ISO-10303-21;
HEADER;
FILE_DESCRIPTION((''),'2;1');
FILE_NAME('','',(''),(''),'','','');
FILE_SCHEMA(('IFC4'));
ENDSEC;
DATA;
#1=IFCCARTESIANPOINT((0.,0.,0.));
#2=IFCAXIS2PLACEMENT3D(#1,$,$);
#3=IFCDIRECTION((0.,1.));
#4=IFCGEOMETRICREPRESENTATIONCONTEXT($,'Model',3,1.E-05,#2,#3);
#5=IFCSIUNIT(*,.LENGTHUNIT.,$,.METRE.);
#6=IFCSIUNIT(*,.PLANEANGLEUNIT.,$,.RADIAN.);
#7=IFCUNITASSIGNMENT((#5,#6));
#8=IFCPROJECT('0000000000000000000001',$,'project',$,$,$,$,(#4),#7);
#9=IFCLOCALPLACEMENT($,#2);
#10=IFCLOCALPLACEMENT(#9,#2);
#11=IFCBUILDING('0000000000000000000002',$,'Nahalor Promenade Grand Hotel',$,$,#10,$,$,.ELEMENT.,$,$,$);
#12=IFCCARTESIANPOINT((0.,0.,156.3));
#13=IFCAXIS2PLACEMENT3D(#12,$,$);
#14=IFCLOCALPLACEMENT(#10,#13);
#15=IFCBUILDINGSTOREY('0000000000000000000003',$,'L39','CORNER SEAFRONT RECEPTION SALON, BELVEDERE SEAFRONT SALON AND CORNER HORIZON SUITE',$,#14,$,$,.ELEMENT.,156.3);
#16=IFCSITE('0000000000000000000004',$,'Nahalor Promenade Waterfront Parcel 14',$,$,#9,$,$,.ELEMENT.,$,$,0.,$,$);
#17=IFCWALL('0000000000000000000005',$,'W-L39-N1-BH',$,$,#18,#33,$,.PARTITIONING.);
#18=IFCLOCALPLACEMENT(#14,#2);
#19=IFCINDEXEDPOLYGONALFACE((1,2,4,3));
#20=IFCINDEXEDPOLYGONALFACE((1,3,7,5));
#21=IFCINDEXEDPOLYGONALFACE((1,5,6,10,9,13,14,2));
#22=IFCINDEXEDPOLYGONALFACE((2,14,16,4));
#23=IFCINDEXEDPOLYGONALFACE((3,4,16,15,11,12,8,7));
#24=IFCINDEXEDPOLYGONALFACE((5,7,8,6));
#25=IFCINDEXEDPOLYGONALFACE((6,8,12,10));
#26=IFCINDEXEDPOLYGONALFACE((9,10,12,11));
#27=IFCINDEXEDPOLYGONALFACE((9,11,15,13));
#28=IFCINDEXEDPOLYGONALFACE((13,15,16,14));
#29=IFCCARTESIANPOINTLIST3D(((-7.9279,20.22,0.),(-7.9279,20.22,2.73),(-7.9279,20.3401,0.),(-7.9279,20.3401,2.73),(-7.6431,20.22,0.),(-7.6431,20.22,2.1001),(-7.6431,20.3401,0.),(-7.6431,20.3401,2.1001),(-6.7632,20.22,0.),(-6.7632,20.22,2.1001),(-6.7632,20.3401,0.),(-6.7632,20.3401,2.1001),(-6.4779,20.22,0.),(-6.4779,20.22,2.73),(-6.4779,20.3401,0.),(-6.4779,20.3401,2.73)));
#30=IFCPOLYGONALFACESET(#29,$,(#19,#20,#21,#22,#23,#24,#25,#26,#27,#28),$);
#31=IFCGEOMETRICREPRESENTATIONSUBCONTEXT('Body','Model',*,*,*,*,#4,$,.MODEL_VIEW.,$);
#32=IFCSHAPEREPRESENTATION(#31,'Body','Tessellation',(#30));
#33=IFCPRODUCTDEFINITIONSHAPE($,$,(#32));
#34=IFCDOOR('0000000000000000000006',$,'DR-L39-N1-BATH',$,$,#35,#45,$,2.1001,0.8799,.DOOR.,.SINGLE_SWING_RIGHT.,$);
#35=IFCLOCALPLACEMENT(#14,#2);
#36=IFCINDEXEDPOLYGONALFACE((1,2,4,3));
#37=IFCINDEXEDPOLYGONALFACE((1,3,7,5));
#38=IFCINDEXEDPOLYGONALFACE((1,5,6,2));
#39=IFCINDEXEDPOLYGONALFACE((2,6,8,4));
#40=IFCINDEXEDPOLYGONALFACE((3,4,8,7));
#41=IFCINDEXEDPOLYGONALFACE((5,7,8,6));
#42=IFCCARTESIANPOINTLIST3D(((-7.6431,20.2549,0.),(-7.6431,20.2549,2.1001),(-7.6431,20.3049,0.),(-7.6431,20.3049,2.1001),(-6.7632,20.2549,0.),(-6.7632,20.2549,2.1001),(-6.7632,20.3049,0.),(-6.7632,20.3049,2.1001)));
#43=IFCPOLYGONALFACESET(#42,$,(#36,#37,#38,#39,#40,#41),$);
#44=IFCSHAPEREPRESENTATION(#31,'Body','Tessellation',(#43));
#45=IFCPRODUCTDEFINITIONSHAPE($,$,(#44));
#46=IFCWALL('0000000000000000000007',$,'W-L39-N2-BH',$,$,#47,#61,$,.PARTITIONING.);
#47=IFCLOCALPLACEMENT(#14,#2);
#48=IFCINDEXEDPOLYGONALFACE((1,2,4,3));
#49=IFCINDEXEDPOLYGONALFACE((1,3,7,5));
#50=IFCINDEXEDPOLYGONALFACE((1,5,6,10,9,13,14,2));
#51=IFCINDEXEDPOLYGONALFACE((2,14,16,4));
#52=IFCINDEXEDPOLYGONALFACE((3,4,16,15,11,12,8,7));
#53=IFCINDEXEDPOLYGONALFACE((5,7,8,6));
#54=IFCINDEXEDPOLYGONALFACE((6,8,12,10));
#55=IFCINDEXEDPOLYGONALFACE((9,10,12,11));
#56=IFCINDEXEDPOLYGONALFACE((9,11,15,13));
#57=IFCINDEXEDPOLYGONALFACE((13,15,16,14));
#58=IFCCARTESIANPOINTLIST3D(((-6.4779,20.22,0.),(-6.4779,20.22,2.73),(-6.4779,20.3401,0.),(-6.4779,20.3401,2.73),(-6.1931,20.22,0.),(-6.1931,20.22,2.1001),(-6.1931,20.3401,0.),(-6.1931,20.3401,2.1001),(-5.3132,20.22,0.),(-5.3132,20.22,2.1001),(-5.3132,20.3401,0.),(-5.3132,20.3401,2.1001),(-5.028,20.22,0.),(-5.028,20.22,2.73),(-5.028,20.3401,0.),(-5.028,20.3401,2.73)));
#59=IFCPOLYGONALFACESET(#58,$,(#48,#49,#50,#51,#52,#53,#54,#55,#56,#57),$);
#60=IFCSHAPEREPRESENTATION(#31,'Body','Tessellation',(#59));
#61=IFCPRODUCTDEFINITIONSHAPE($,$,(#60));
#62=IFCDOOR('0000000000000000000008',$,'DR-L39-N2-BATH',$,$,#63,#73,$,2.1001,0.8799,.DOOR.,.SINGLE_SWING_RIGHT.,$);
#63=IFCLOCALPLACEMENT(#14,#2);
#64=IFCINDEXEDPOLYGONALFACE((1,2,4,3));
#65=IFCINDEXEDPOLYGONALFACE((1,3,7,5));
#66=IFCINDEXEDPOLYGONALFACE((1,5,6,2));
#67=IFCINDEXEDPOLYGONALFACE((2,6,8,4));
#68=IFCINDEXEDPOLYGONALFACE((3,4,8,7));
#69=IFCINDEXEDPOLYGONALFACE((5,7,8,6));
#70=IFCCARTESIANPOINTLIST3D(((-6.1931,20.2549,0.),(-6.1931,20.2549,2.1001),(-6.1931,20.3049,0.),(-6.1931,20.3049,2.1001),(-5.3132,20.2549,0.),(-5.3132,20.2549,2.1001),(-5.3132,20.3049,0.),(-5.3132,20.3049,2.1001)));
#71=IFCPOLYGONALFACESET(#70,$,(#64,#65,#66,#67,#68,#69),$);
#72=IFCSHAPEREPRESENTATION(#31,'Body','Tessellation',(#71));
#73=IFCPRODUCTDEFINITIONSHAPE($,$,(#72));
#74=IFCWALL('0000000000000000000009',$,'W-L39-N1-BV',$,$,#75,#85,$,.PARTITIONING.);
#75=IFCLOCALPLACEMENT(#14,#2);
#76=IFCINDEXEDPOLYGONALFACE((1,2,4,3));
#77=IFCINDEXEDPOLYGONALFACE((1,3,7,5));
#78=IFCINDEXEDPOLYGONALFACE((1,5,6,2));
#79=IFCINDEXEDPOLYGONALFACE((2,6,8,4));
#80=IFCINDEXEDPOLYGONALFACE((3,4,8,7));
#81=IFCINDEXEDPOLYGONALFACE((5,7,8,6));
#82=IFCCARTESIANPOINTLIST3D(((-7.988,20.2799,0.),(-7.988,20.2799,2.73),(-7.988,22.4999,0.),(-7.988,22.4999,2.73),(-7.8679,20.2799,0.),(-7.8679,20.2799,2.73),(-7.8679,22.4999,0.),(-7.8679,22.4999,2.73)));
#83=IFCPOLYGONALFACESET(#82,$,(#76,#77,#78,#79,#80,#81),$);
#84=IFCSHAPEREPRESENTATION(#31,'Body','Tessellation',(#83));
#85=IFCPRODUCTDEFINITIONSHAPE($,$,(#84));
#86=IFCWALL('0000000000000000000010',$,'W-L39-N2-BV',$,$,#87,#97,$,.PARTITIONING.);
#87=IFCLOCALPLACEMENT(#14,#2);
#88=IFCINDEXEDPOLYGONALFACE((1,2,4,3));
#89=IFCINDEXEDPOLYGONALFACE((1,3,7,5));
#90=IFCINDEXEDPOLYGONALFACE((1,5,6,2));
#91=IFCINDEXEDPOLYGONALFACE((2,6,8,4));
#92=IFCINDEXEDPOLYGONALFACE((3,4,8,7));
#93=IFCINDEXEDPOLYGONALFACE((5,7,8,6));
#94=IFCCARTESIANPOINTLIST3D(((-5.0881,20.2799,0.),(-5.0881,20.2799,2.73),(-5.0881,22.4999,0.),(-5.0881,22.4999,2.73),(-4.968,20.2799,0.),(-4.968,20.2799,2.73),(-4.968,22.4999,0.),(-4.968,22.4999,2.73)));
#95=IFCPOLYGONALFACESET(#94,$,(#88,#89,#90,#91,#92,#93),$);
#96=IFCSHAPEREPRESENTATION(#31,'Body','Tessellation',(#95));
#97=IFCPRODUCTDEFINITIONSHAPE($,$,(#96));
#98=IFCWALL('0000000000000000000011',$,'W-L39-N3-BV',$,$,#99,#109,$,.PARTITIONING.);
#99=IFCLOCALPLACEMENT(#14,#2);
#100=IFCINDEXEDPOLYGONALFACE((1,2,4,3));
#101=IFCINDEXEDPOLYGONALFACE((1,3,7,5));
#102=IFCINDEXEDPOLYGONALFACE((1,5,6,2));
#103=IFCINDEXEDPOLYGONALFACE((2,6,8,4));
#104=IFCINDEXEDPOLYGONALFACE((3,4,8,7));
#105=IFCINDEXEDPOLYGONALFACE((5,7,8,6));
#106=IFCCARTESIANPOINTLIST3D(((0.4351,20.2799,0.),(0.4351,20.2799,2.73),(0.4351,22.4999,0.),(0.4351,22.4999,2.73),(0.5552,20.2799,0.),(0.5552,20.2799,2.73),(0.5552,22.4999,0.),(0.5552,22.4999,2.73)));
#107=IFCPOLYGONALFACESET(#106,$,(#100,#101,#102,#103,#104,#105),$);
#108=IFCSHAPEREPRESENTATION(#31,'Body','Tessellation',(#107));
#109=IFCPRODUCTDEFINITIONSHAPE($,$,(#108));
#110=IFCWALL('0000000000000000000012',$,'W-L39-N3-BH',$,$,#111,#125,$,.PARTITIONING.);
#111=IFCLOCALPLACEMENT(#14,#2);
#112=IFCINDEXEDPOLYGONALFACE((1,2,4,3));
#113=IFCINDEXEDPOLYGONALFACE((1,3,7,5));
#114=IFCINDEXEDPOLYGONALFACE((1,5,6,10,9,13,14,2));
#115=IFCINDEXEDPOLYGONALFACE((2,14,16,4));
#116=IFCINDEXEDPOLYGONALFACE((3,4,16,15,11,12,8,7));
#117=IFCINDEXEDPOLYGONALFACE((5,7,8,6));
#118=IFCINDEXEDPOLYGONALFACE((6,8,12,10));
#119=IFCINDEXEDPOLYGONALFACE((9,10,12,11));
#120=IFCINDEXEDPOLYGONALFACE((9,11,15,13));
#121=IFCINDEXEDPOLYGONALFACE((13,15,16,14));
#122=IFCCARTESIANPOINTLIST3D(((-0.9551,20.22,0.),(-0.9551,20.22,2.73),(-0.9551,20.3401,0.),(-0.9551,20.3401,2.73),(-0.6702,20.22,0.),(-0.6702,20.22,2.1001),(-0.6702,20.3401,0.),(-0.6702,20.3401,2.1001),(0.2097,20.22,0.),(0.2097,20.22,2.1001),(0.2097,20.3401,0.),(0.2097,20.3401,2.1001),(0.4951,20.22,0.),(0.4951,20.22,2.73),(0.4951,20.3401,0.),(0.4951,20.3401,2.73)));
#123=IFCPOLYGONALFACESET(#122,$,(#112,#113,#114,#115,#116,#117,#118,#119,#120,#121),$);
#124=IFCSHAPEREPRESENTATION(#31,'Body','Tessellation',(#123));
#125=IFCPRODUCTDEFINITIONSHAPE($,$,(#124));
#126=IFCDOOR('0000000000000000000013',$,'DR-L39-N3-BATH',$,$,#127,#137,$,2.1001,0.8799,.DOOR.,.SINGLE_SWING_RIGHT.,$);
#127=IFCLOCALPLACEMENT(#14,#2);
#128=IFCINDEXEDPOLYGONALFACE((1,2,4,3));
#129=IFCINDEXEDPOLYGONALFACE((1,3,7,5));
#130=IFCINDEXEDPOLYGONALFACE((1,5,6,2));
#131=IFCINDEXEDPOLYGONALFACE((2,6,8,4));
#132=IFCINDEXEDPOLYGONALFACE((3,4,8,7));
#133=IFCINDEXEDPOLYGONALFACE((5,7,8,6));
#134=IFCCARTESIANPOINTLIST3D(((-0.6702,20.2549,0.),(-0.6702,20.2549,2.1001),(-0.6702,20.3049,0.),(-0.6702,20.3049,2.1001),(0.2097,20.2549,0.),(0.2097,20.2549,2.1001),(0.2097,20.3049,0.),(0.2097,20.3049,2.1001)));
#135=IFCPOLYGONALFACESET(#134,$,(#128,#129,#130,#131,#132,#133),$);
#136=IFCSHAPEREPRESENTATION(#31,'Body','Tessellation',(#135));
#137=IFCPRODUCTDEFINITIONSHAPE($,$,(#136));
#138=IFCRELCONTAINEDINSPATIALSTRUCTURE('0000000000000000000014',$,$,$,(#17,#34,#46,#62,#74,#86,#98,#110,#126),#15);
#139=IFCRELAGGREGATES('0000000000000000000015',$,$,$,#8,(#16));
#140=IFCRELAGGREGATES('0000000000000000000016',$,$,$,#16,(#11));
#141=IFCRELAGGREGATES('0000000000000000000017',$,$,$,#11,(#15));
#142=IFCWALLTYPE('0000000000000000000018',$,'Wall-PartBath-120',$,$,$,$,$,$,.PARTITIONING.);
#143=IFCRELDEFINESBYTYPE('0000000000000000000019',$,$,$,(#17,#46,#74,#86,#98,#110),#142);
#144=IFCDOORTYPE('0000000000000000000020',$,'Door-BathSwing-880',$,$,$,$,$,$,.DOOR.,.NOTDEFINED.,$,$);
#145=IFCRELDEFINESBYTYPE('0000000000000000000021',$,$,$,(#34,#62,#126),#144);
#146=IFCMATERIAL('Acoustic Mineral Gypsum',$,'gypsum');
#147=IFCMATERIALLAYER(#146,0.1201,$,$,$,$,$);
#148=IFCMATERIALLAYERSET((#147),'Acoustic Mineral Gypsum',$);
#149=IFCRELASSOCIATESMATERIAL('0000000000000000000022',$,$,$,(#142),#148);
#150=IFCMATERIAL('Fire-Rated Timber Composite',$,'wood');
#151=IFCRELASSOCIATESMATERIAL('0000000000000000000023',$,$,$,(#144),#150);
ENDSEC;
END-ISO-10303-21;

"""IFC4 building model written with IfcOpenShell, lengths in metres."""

from ifc_helpers import new_model, si_unit, direction, frame, frame_2d, origin, place, context, subcontext, project, spatial, rectangle, extrude, source, transform, mapped, material, layer, layer_set, type_object, element, fill, save


model = new_model("IFC4")

# Units and contexts
model_context = context("Model", 3, precision=1e-05, world=origin(), true_north=direction((0.0, 1.0)))
body_context = subcontext(model_context, "Body", "Model", "MODEL_VIEW")
ifc_project = project(units=[si_unit("LENGTHUNIT", "METRE"), si_unit("PLANEANGLEUNIT", "RADIAN")], contexts=[model_context])

# Site, building, storey
site_placement = place(None, origin())
site = spatial("IfcSite", under=ifc_project, at=site_placement, Name="Nahalor Promenade Waterfront Parcel 14", CompositionType="ELEMENT", RefElevation=0.0)
building_placement = place(site_placement, origin())
building = spatial("IfcBuilding", under=site, at=building_placement, Name="Nahalor Promenade Grand Hotel", CompositionType="ELEMENT")
storey_placement = place(building_placement, frame((0.0, 0.0, 156.3)))
storey = spatial("IfcBuildingStorey", under=building, at=storey_placement, Name="L39", Description="CORNER SEAFRONT RECEPTION SALON, BELVEDERE SEAFRONT SALON AND CORNER HORIZON SUITE", CompositionType="ELEMENT", Elevation=156.3)

# Walls, openings, doors
ifc_material_1 = material(Name="Acoustic Mineral Gypsum", Category="gypsum")
ifc_layer_1 = layer(ifc_material_1, 0.1201)
ifc_layer_set_1 = layer_set([ifc_layer_1], Name="Acoustic Mineral Gypsum")
wall_type = type_object("IfcWallType", Name="Wall-PartBath-120", PredefinedType="PARTITIONING", material=ifc_layer_set_1)
shared_shape_1 = source(origin(), body_context, "Body", "SweptSolid", [
    extrude(rectangle(XDim=1.45, YDim=0.1201, at=frame_2d((0.7251, 0.0))), origin(), (0.0, 0.0, 1.0), 2.73),
])
wall_1_placement = place(storey_placement, frame((-7.928, 20.28, 0.0), z_axis=(0.0, 0.0, 1.0), x_axis=(1.0, 0.0, 0.0)))
wall_1 = element("IfcWall", 1, at=wall_1_placement, inside=storey, type_object=wall_type, Name="W-L39-N1-BH", PredefinedType="PARTITIONING", context=body_context, shape_type="MappedRepresentation", body=[
    mapped(shared_shape_1, transform((0.0, 0.0, 0.0), scale=1.0)),
])
opening_1_placement = place(wall_1_placement, frame((0.2849, 0.0, 0.0)))
opening_1 = element("IfcOpeningElement", 2, at=opening_1_placement, cuts=wall_1, PredefinedType="OPENING", context=body_context, shape_type="SweptSolid", body=[
    extrude(rectangle(XDim=0.8799, YDim=2.1001, at=frame_2d((0.4399, 1.05))), frame((0.0, 0.0701, 0.0), z_axis=(0.0, -1.0, 0.0), x_axis=(1.0, 0.0, 0.0)), (0.0, 0.0, 1.0), 0.1401),
])
ifc_material_2 = material(Name="Fire-Rated Timber Composite", Category="wood")
door_type = type_object("IfcDoorType", Name="Door-BathSwing-880", OperationType="NOTDEFINED", PredefinedType="DOOR", material=ifc_material_2)
shared_shape_2 = source(origin(), body_context, "Body", "SweptSolid", [
    extrude(rectangle(XDim=0.8799, YDim=2.1001, at=frame_2d((0.4399, 1.05))), frame((0.0, 0.0249, 0.0), z_axis=(0.0, -1.0, 0.0), x_axis=(1.0, 0.0, 0.0)), (0.0, 0.0, 1.0), 0.05),
])
door_1_placement = place(opening_1_placement, origin())
door_1 = element("IfcDoor", 3, at=door_1_placement, inside=storey, type_object=door_type, Name="DR-L39-N1-BATH", OperationType="SINGLE_SWING_RIGHT", OverallHeight=2.1001, OverallWidth=0.8799, PredefinedType="DOOR", context=body_context, shape_type="MappedRepresentation", body=[
    mapped(shared_shape_2, transform((0.0, 0.0, 0.0), scale=1.0)),
])
fill(opening_1, door_1)
wall_2_placement = place(storey_placement, frame((-6.478, 20.28, 0.0), z_axis=(0.0, 0.0, 1.0), x_axis=(1.0, 0.0, 0.0)))
wall_2 = element("IfcWall", 4, at=wall_2_placement, inside=storey, type_object=wall_type, Name="W-L39-N2-BH", PredefinedType="PARTITIONING", context=body_context, shape_type="MappedRepresentation", body=[
    mapped(shared_shape_1, transform((0.0, 0.0, 0.0), scale=1.0)),
])
opening_2_placement = place(wall_2_placement, frame((0.2849, 0.0, 0.0)))
opening_2 = element("IfcOpeningElement", 5, at=opening_2_placement, cuts=wall_2, PredefinedType="OPENING", context=body_context, shape_type="SweptSolid", body=[
    extrude(rectangle(XDim=0.8799, YDim=2.1001, at=frame_2d((0.4399, 1.05))), frame((0.0, 0.0701, 0.0), z_axis=(0.0, -1.0, 0.0), x_axis=(1.0, 0.0, 0.0)), (0.0, 0.0, 1.0), 0.1401),
])
door_2_placement = place(opening_2_placement, origin())
door_2 = element("IfcDoor", 6, at=door_2_placement, inside=storey, type_object=door_type, Name="DR-L39-N2-BATH", OperationType="SINGLE_SWING_RIGHT", OverallHeight=2.1001, OverallWidth=0.8799, PredefinedType="DOOR", context=body_context, shape_type="MappedRepresentation", body=[
    mapped(shared_shape_2, transform((0.0, 0.0, 0.0), scale=1.0)),
])
fill(opening_2, door_2)

# Walls
shared_shape_3 = source(origin(), body_context, "Body", "SweptSolid", [
    extrude(rectangle(XDim=2.22, YDim=0.1201, at=frame_2d((1.1099, 0.0))), origin(), (0.0, 0.0, 1.0), 2.73),
])
for number, where, z_axis, x_axis, name in (
    (7, (-7.928, 20.28, 0.0), (0.0, 0.0, 1.0), (0.0, 1.0, 0.0), "W-L39-N1-BV"),
    (8, (-5.0281, 20.28, 0.0), (0.0, 0.0, 1.0), (0.0, 1.0, 0.0), "W-L39-N2-BV"),
    (9, (0.4951, 20.28, 0.0), (0.0, 0.0, 1.0), (0.0, 1.0, 0.0), "W-L39-N3-BV"),
):
    element("IfcWall", number, at=place(storey_placement, frame(where, z_axis=z_axis, x_axis=x_axis)), inside=storey, type_object=wall_type, Name=name, PredefinedType="PARTITIONING", context=body_context, shape_type="MappedRepresentation", body=[
        mapped(shared_shape_3, transform((0.0, 0.0, 0.0), scale=1.0)),
    ])

# Wall, opening, door
shared_shape_4 = source(origin(), body_context, "Body", "SweptSolid", [
    extrude(rectangle(XDim=1.4502, YDim=0.1201, at=frame_2d((0.7251, 0.0))), origin(), (0.0, 0.0, 1.0), 2.73),
])
wall_3_placement = place(storey_placement, frame((-0.9551, 20.28, 0.0), z_axis=(0.0, 0.0, 1.0), x_axis=(1.0, 0.0, 0.0)))
wall_3 = element("IfcWall", 10, at=wall_3_placement, inside=storey, type_object=wall_type, Name="W-L39-N3-BH", PredefinedType="PARTITIONING", context=body_context, shape_type="MappedRepresentation", body=[
    mapped(shared_shape_4, transform((0.0, 0.0, 0.0), scale=1.0)),
])
opening_3_placement = place(wall_3_placement, frame((0.2849, 0.0, 0.0)))
opening_3 = element("IfcOpeningElement", 11, at=opening_3_placement, cuts=wall_3, PredefinedType="OPENING", context=body_context, shape_type="SweptSolid", body=[
    extrude(rectangle(XDim=0.8799, YDim=2.1001, at=frame_2d((0.4399, 1.05))), frame((0.0, 0.0701, 0.0), z_axis=(0.0, -1.0, 0.0), x_axis=(1.0, 0.0, 0.0)), (0.0, 0.0, 1.0), 0.1401),
])
door_3_placement = place(opening_3_placement, origin())
door_3 = element("IfcDoor", 12, at=door_3_placement, inside=storey, type_object=door_type, Name="DR-L39-N3-BATH", OperationType="SINGLE_SWING_RIGHT", OverallHeight=2.1001, OverallWidth=0.8799, PredefinedType="DOOR", context=body_context, shape_type="MappedRepresentation", body=[
    mapped(shared_shape_2, transform((0.0, 0.0, 0.0), scale=1.0)),
])
fill(opening_3, door_3)

save(model, "model.ifc")
